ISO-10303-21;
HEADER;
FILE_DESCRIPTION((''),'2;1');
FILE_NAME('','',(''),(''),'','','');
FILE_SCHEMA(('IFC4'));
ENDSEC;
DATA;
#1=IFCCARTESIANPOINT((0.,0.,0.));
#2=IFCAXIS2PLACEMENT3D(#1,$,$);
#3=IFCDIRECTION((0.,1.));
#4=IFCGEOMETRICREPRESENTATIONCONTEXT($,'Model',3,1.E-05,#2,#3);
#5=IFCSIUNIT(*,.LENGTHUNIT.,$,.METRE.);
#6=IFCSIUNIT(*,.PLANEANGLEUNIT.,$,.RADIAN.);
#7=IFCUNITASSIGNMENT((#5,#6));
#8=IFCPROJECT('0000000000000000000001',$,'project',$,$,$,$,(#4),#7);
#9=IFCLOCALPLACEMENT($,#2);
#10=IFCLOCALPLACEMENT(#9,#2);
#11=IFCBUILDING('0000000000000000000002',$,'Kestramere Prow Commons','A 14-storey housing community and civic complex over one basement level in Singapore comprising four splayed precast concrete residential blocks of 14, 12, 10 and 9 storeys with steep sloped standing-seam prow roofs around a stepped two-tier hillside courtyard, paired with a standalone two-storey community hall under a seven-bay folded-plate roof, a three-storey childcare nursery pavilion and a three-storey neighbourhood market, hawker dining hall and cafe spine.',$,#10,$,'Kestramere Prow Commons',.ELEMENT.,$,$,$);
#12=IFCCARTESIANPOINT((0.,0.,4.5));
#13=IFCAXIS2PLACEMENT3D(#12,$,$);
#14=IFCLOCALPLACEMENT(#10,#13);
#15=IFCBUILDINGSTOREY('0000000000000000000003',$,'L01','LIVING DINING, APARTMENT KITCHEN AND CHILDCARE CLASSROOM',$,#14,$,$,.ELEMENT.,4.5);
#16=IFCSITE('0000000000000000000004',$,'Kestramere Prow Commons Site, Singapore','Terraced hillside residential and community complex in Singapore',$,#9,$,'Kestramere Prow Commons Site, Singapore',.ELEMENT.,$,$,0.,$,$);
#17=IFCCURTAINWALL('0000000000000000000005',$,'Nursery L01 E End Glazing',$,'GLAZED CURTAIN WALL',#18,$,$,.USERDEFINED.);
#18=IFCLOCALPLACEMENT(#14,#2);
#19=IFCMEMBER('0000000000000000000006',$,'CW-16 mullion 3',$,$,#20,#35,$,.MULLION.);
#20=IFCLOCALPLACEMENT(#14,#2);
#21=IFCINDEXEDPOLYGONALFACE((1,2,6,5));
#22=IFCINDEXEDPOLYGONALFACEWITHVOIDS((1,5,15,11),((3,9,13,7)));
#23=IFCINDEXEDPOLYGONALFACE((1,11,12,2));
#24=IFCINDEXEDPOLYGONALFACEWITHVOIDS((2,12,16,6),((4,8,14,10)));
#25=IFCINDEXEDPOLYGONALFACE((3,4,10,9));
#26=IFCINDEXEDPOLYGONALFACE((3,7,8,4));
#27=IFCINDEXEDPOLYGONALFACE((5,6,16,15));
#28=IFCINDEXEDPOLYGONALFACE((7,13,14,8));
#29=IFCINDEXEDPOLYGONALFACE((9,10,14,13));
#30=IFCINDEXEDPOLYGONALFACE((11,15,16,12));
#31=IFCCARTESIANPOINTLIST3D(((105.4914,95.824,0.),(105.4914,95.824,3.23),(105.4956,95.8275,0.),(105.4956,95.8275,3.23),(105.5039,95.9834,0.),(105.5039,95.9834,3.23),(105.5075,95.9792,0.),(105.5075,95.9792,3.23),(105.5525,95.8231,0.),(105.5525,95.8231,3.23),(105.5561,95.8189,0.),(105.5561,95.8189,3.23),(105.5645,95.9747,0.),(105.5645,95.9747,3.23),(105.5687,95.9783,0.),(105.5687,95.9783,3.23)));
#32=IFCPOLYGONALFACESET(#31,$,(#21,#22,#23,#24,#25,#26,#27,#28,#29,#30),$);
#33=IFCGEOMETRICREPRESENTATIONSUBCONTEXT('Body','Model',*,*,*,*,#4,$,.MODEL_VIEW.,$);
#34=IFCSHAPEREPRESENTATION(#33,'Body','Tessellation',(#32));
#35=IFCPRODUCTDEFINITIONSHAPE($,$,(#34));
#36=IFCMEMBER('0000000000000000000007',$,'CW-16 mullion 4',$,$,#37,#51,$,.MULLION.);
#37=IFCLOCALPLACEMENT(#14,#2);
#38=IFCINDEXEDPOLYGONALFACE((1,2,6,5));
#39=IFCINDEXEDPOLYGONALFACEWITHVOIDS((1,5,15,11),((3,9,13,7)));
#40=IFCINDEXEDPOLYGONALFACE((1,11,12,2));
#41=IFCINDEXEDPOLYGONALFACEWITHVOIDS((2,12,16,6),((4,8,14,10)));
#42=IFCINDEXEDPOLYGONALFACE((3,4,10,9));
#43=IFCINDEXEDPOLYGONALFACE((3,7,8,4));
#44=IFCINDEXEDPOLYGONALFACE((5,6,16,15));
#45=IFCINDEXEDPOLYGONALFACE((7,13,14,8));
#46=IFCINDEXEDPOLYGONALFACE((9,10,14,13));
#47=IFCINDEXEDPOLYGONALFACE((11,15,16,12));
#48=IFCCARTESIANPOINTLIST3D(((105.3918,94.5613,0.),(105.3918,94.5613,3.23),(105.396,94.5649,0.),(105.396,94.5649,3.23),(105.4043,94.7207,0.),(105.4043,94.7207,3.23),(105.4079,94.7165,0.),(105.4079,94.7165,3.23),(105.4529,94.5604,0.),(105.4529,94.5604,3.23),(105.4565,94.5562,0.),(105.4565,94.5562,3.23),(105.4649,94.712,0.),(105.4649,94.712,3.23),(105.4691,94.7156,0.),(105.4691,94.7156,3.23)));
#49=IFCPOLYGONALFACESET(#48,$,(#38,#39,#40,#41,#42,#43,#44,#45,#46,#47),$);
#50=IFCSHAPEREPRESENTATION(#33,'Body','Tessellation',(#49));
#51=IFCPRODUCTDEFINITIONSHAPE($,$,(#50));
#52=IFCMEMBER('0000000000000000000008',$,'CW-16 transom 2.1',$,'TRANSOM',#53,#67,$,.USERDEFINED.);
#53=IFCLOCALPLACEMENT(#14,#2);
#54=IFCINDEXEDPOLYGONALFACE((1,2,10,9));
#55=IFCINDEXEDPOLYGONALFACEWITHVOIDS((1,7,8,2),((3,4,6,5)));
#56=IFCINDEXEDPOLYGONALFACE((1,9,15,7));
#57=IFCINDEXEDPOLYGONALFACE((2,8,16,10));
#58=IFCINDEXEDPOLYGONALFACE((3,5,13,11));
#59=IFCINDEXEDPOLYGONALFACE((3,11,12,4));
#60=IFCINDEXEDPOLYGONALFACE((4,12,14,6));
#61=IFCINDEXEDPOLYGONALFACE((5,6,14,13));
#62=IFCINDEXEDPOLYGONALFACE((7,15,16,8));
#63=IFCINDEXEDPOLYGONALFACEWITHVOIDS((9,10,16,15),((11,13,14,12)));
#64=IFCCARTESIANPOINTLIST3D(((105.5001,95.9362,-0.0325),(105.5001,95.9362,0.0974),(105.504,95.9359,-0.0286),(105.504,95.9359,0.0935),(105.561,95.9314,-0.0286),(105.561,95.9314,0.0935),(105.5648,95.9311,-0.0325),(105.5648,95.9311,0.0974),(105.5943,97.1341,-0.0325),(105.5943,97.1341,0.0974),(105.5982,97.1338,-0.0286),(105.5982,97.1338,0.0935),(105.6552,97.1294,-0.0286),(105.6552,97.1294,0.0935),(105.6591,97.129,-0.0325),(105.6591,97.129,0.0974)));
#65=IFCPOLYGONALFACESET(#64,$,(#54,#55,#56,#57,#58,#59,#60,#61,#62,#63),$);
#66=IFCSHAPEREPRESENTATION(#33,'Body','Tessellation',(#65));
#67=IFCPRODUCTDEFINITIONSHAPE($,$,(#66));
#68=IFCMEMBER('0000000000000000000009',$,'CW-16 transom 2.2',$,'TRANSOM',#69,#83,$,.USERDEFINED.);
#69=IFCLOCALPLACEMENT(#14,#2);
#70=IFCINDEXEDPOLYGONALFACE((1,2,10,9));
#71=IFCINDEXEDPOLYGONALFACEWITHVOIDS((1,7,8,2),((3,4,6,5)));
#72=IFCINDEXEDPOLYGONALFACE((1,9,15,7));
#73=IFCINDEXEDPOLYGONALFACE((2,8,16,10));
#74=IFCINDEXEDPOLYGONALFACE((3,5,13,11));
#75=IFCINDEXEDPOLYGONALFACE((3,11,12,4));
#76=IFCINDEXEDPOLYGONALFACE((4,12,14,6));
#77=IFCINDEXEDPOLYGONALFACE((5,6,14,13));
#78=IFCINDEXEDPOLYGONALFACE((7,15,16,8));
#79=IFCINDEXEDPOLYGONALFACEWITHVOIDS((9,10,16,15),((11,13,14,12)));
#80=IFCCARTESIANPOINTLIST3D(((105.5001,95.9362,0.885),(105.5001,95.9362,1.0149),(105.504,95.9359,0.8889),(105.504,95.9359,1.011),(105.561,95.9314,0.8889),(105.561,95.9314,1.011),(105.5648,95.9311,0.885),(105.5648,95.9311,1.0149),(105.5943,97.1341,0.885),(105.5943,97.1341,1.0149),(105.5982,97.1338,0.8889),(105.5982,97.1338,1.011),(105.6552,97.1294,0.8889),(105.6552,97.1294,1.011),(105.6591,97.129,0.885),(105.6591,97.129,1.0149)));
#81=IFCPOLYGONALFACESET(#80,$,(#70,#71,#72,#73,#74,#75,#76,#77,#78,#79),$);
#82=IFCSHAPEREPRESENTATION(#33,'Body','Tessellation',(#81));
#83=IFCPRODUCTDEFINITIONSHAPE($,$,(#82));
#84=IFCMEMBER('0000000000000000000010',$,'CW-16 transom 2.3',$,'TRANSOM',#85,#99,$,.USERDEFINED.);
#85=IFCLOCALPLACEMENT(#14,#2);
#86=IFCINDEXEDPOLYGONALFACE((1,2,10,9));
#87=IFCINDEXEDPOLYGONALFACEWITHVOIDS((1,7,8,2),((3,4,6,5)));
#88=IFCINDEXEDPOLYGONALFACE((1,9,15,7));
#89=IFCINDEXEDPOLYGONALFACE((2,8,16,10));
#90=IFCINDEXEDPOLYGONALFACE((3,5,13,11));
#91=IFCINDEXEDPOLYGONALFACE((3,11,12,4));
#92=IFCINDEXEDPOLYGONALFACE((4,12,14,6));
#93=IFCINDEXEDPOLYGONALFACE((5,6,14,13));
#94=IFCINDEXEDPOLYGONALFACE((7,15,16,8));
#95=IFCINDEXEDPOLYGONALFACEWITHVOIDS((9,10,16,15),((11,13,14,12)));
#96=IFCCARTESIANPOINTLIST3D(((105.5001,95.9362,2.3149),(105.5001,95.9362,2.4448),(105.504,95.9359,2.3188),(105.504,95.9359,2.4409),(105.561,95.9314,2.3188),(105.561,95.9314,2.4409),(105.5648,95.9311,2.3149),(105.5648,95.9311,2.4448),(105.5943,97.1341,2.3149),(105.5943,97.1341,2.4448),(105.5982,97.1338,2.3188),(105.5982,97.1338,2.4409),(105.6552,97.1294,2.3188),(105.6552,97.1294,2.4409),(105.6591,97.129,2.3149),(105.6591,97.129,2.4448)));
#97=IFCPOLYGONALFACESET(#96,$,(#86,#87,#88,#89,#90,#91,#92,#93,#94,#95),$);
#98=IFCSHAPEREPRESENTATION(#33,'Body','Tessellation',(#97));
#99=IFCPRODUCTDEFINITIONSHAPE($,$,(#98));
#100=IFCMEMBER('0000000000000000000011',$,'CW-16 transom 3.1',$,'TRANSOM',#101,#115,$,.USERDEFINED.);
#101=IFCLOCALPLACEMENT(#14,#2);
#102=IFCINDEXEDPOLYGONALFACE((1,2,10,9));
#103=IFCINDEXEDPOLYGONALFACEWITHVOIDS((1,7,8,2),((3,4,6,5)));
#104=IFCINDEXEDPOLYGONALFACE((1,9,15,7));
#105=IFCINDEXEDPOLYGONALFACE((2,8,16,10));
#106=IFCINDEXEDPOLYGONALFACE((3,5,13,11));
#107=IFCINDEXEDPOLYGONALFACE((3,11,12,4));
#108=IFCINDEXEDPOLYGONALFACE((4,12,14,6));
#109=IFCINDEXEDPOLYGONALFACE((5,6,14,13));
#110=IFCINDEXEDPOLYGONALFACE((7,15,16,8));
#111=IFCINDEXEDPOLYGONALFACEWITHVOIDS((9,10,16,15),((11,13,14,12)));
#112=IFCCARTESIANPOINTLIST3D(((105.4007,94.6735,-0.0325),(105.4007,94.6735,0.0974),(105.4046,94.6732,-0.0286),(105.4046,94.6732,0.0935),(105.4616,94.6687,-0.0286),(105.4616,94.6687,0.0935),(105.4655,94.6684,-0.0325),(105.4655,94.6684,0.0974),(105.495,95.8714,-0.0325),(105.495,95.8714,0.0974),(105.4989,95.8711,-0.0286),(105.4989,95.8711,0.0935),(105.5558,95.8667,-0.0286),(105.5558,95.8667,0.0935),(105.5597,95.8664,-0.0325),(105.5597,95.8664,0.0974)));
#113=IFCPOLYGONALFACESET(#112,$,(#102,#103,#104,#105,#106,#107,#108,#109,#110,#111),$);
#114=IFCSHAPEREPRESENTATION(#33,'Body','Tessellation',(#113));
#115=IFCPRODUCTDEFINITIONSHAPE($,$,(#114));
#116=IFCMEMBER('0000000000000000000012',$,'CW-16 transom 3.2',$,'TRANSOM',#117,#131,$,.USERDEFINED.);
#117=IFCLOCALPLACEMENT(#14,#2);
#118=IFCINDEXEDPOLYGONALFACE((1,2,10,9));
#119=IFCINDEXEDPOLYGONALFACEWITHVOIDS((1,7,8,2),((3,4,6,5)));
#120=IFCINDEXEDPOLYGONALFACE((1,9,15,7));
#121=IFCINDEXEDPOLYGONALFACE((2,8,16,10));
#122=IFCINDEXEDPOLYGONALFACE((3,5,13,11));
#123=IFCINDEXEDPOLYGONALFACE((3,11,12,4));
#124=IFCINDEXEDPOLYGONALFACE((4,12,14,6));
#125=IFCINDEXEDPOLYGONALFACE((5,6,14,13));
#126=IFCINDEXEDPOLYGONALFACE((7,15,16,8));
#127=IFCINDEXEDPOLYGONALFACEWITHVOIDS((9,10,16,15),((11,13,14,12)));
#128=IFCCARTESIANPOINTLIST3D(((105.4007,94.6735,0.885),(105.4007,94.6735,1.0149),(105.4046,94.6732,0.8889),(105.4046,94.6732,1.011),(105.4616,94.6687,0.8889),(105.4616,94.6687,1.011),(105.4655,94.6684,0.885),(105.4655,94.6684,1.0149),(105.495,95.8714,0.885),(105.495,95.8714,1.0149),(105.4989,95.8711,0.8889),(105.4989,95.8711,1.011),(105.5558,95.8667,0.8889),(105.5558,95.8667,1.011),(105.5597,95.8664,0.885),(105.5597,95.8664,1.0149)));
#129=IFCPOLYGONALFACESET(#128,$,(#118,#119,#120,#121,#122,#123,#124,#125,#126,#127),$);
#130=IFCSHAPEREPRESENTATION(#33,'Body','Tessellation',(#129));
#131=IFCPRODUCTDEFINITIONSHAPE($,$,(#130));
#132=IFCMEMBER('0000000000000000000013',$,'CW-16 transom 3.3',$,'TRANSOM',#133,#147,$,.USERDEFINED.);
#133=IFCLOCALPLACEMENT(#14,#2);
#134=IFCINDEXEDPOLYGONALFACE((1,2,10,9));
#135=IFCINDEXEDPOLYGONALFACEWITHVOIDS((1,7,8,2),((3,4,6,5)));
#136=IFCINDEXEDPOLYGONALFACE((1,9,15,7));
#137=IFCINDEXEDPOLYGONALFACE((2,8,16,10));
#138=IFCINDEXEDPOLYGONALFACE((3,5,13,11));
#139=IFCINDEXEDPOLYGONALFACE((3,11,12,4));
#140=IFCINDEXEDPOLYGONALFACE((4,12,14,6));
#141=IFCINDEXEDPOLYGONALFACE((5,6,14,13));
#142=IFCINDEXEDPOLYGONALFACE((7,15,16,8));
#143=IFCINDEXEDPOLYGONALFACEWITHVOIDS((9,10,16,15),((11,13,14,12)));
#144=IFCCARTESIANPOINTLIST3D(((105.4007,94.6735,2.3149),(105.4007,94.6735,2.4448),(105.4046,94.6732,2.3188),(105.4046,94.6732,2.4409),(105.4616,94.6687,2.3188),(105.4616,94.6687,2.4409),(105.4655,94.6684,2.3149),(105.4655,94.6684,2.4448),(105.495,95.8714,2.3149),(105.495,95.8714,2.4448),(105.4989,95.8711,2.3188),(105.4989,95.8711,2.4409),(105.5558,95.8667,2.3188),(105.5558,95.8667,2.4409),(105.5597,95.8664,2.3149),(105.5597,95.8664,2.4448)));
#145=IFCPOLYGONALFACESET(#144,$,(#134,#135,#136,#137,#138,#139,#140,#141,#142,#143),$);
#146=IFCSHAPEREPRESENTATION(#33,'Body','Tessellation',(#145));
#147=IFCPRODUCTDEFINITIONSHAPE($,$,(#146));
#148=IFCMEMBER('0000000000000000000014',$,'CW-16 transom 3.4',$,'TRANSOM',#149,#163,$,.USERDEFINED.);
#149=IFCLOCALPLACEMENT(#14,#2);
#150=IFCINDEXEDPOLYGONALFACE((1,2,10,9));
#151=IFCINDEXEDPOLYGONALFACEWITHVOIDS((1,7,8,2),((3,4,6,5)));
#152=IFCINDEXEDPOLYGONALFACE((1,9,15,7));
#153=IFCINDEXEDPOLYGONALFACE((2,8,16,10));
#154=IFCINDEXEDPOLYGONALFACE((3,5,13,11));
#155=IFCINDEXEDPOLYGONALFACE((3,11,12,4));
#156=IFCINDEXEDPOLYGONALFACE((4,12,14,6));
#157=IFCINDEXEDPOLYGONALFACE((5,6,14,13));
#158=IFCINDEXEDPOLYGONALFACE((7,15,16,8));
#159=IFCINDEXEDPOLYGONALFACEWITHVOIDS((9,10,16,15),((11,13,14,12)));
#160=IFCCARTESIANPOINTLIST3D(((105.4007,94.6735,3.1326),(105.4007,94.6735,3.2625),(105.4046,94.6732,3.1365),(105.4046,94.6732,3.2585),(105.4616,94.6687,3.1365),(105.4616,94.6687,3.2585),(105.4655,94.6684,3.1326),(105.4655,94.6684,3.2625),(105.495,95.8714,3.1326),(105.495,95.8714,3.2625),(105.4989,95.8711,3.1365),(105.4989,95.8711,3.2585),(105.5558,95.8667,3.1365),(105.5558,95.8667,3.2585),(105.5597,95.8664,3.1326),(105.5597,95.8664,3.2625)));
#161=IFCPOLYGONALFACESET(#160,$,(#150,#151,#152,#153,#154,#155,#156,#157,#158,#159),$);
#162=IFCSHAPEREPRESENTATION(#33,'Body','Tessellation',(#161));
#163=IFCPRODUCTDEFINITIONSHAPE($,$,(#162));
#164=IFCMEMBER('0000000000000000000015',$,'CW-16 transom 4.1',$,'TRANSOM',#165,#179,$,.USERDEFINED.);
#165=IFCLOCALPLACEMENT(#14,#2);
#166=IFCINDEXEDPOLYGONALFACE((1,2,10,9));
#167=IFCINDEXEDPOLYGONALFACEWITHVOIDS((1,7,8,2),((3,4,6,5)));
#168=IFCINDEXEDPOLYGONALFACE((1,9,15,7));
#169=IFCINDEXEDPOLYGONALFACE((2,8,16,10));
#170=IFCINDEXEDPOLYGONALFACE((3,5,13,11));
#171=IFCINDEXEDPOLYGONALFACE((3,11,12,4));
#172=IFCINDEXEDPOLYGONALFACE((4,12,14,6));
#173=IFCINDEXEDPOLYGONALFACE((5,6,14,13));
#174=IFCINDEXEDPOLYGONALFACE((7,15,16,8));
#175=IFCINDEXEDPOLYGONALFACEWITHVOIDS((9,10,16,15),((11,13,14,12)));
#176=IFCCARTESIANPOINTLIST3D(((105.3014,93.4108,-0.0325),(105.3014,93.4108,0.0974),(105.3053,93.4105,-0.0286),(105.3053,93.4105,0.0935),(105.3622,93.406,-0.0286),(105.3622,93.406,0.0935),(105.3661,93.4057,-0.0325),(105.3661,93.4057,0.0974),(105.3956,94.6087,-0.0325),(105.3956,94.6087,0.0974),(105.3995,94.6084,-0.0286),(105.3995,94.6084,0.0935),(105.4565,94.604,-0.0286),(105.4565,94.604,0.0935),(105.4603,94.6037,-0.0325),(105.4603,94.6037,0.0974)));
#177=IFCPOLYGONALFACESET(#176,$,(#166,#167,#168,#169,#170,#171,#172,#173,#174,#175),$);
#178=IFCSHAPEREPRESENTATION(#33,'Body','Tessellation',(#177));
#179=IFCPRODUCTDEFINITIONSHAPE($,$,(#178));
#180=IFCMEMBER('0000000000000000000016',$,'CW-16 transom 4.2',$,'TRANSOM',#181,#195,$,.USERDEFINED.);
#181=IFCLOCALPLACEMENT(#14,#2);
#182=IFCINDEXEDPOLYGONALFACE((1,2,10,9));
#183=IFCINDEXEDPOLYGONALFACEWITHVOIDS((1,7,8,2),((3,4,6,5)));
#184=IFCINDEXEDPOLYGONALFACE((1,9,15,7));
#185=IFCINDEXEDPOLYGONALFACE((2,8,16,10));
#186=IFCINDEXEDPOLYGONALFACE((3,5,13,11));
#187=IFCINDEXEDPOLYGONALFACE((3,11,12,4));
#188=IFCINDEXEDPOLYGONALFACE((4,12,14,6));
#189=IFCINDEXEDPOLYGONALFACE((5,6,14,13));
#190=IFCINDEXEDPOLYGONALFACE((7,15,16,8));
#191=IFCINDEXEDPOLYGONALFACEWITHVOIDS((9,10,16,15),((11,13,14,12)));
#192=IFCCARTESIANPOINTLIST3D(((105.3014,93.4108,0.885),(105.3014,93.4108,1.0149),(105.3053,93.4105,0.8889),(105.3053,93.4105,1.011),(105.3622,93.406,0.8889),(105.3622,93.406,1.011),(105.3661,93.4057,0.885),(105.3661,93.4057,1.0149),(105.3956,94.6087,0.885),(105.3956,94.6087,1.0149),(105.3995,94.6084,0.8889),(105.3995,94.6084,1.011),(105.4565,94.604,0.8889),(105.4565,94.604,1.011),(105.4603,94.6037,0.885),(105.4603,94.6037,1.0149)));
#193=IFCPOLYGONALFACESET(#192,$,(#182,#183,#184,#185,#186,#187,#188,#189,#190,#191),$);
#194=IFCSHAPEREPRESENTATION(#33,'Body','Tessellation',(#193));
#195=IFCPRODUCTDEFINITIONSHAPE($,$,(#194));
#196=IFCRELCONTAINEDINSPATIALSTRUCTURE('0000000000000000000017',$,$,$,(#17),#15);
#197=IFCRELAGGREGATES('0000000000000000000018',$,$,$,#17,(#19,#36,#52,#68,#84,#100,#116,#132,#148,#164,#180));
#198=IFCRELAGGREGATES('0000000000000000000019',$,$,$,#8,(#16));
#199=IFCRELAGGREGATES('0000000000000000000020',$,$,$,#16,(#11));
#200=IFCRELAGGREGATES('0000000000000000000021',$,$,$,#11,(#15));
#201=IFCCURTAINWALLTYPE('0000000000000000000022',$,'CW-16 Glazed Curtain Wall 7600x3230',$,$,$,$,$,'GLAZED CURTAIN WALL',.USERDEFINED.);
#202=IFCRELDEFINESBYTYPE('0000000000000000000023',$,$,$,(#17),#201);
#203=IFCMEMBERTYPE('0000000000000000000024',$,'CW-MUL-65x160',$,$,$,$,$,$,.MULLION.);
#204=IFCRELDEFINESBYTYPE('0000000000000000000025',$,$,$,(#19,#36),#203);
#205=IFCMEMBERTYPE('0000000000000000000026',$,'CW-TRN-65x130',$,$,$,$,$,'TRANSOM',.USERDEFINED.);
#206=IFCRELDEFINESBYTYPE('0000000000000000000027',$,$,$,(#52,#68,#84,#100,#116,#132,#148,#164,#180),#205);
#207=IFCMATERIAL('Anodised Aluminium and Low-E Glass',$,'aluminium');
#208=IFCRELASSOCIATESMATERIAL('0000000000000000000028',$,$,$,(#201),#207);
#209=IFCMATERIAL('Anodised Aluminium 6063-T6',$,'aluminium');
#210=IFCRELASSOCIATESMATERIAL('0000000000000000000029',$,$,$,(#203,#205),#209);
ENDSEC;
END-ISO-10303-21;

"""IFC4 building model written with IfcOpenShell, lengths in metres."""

from ifc_helpers import new_model, si_unit, direction, frame, origin, origin_2d, place, context, subcontext, project, spatial, hollow_rectangle, extrude, material, material_profile, profile_set, type_object, element, aggregate, save


model = new_model("IFC4")

# Units and contexts
model_context = context("Model", 3, precision=1e-05, world=origin(), true_north=direction((0.0, 1.0)))
body_context = subcontext(model_context, "Body", "Model", "MODEL_VIEW")
ifc_project = project(units=[si_unit("LENGTHUNIT", "METRE"), si_unit("PLANEANGLEUNIT", "RADIAN")], contexts=[model_context])

# Site, building, storey
site_placement = place(None, origin())
site = spatial("IfcSite", under=ifc_project, at=site_placement, Name="Kestramere Prow Commons Site, Singapore", Description="Terraced hillside residential and community complex in Singapore", LongName="Kestramere Prow Commons Site, Singapore", CompositionType="ELEMENT", RefElevation=0.0)
building_placement = place(site_placement, origin())
building = spatial("IfcBuilding", under=site, at=building_placement, Name="Kestramere Prow Commons", Description="A 14-storey housing community and civic complex over one basement level in Singapore comprising four splayed precast concrete residential blocks of 14, 12, 10 and 9 storeys with steep sloped standing-seam prow roofs around a stepped two-tier hillside courtyard, paired with a standalone two-storey community hall under a seven-bay folded-plate roof, a three-storey childcare nursery pavilion and a three-storey neighbourhood market, hawker dining hall and cafe spine.", LongName="Kestramere Prow Commons", CompositionType="ELEMENT")
storey_placement = place(building_placement, frame((0.0, 0.0, 4.5)))
storey = spatial("IfcBuildingStorey", under=building, at=storey_placement, Name="L01", Description="LIVING DINING, APARTMENT KITCHEN AND CHILDCARE CLASSROOM", CompositionType="ELEMENT", Elevation=4.5)

# Curtain wall, members
ifc_material_1 = material(Name="Anodised Aluminium and Low-E Glass", Category="aluminium")
curtain_wall_type = type_object("IfcCurtainWallType", Name="CW-16 Glazed Curtain Wall 7600x3230", ElementType="GLAZED CURTAIN WALL", PredefinedType="USERDEFINED", material=ifc_material_1)
curtain_wall_placement = place(storey_placement, origin())
curtain_wall = element("IfcCurtainWall", 1, at=curtain_wall_placement, inside=storey, type_object=curtain_wall_type, Name="Nursery L01 E End Glazing", ObjectType="GLAZED CURTAIN WALL", PredefinedType="USERDEFINED")
ifc_material_2 = material(Name="Anodised Aluminium 6063-T6", Category="aluminium")
ifc_material_profile_1 = material_profile(ifc_material_2, hollow_rectangle(XDim=0.0649, YDim=0.1599, WallThickness=0.0039, at=origin_2d()), Name="ALU-MUL 65x160")
ifc_profile_set_1 = profile_set([ifc_material_profile_1], Name="Anodised Aluminium 6063-T6")
member_type_1 = type_object("IfcMemberType", Name="CW-MUL-65x160", PredefinedType="MULLION", material=ifc_profile_set_1)
member_1_placement = place(storey_placement, frame((105.53, 95.9011, 0.0), z_axis=(0.0, 0.0, 1.0), x_axis=(0.996917, -0.078459, 0.0)))
member_1 = element("IfcMember", 2, at=member_1_placement, type_object=member_type_1, Name="CW-16 mullion 3", PredefinedType="MULLION", context=body_context, shape_type="SweptSolid", body=[
    extrude(hollow_rectangle(XDim=0.0649, YDim=0.1599, WallThickness=0.0039, at=origin_2d()), origin(), (0.0, 0.0, 1.0), 3.23),
])
member_2_placement = place(storey_placement, frame((105.4304, 94.6384, 0.0), z_axis=(0.0, 0.0, 1.0), x_axis=(0.996917, -0.078459, 0.0)))
member_2 = element("IfcMember", 3, at=member_2_placement, type_object=member_type_1, Name="CW-16 mullion 4", PredefinedType="MULLION", context=body_context, shape_type="SweptSolid", body=[
    extrude(hollow_rectangle(XDim=0.0649, YDim=0.1599, WallThickness=0.0039, at=origin_2d()), origin(), (0.0, 0.0, 1.0), 3.23),
])
ifc_material_profile_2 = material_profile(ifc_material_2, hollow_rectangle(XDim=0.0649, YDim=0.1299, WallThickness=0.0039, at=origin_2d()), Name="ALU-TRN 65x130")
ifc_profile_set_2 = profile_set([ifc_material_profile_2], Name="Anodised Aluminium 6063-T6")
member_type_2 = type_object("IfcMemberType", Name="CW-TRN-65x130", ElementType="TRANSOM", PredefinedType="USERDEFINED", material=ifc_profile_set_2)
member_3_placement = place(storey_placement, frame((105.6267, 97.1316, 0.0325), z_axis=(-0.078421, -0.99692, 0.0), x_axis=(0.99692, -0.078421, 0.0)))
member_3 = element("IfcMember", 4, at=member_3_placement, type_object=member_type_2, Name="CW-16 transom 2.1", ObjectType="TRANSOM", PredefinedType="USERDEFINED", context=body_context, shape_type="SweptSolid", body=[
    extrude(hollow_rectangle(XDim=0.0649, YDim=0.1299, WallThickness=0.0039, at=origin_2d()), origin(), (0.0, 0.0, 1.0), 1.2017),
])
member_4_placement = place(storey_placement, frame((105.6267, 97.1316, 0.95), z_axis=(-0.078421, -0.99692, 0.0), x_axis=(0.99692, -0.078421, 0.0)))
member_4 = element("IfcMember", 5, at=member_4_placement, type_object=member_type_2, Name="CW-16 transom 2.2", ObjectType="TRANSOM", PredefinedType="USERDEFINED", context=body_context, shape_type="SweptSolid", body=[
    extrude(hollow_rectangle(XDim=0.0649, YDim=0.1299, WallThickness=0.0039, at=origin_2d()), origin(), (0.0, 0.0, 1.0), 1.2017),
])
member_5_placement = place(storey_placement, frame((105.6267, 97.1316, 2.3799), z_axis=(-0.078421, -0.99692, 0.0), x_axis=(0.99692, -0.078421, 0.0)))
member_5 = element("IfcMember", 6, at=member_5_placement, type_object=member_type_2, Name="CW-16 transom 2.3", ObjectType="TRANSOM", PredefinedType="USERDEFINED", context=body_context, shape_type="SweptSolid", body=[
    extrude(hollow_rectangle(XDim=0.0649, YDim=0.1299, WallThickness=0.0039, at=origin_2d()), origin(), (0.0, 0.0, 1.0), 1.2017),
])
member_6_placement = place(storey_placement, frame((105.5273, 95.8689, 0.0325), z_axis=(-0.078421, -0.99692, 0.0), x_axis=(0.99692, -0.078421, 0.0)))
member_6 = element("IfcMember", 7, at=member_6_placement, type_object=member_type_2, Name="CW-16 transom 3.1", ObjectType="TRANSOM", PredefinedType="USERDEFINED", context=body_context, shape_type="SweptSolid", body=[
    extrude(hollow_rectangle(XDim=0.0649, YDim=0.1299, WallThickness=0.0039, at=origin_2d()), origin(), (0.0, 0.0, 1.0), 1.2017),
])
member_7_placement = place(storey_placement, frame((105.5273, 95.8689, 0.95), z_axis=(-0.078421, -0.99692, 0.0), x_axis=(0.99692, -0.078421, 0.0)))
member_7 = element("IfcMember", 8, at=member_7_placement, type_object=member_type_2, Name="CW-16 transom 3.2", ObjectType="TRANSOM", PredefinedType="USERDEFINED", context=body_context, shape_type="SweptSolid", body=[
    extrude(hollow_rectangle(XDim=0.0649, YDim=0.1299, WallThickness=0.0039, at=origin_2d()), origin(), (0.0, 0.0, 1.0), 1.2017),
])
member_8_placement = place(storey_placement, frame((105.5273, 95.8689, 2.3799), z_axis=(-0.078421, -0.99692, 0.0), x_axis=(0.99692, -0.078421, 0.0)))
member_8 = element("IfcMember", 9, at=member_8_placement, type_object=member_type_2, Name="CW-16 transom 3.3", ObjectType="TRANSOM", PredefinedType="USERDEFINED", context=body_context, shape_type="SweptSolid", body=[
    extrude(hollow_rectangle(XDim=0.0649, YDim=0.1299, WallThickness=0.0039, at=origin_2d()), origin(), (0.0, 0.0, 1.0), 1.2017),
])
member_9_placement = place(storey_placement, frame((105.5273, 95.8689, 3.1975), z_axis=(-0.078421, -0.99692, 0.0), x_axis=(0.99692, -0.078421, 0.0)))
member_9 = element("IfcMember", 10, at=member_9_placement, type_object=member_type_2, Name="CW-16 transom 3.4", ObjectType="TRANSOM", PredefinedType="USERDEFINED", context=body_context, shape_type="SweptSolid", body=[
    extrude(hollow_rectangle(XDim=0.0649, YDim=0.1299, WallThickness=0.0039, at=origin_2d()), origin(), (0.0, 0.0, 1.0), 1.2017),
])
member_10_placement = place(storey_placement, frame((105.428, 94.6062, 0.0325), z_axis=(-0.078421, -0.99692, 0.0), x_axis=(0.99692, -0.078421, 0.0)))
member_10 = element("IfcMember", 11, at=member_10_placement, type_object=member_type_2, Name="CW-16 transom 4.1", ObjectType="TRANSOM", PredefinedType="USERDEFINED", context=body_context, shape_type="SweptSolid", body=[
    extrude(hollow_rectangle(XDim=0.0649, YDim=0.1299, WallThickness=0.0039, at=origin_2d()), origin(), (0.0, 0.0, 1.0), 1.2017),
])
member_11_placement = place(storey_placement, frame((105.428, 94.6062, 0.95), z_axis=(-0.078421, -0.99692, 0.0), x_axis=(0.99692, -0.078421, 0.0)))
member_11 = element("IfcMember", 12, at=member_11_placement, type_object=member_type_2, Name="CW-16 transom 4.2", ObjectType="TRANSOM", PredefinedType="USERDEFINED", context=body_context, shape_type="SweptSolid", body=[
    extrude(hollow_rectangle(XDim=0.0649, YDim=0.1299, WallThickness=0.0039, at=origin_2d()), origin(), (0.0, 0.0, 1.0), 1.2017),
])
aggregate(curtain_wall, [member_1, member_2, member_3, member_4, member_5, member_6, member_7, member_8, member_9, member_10, member_11])

save(model, "model.ifc")
